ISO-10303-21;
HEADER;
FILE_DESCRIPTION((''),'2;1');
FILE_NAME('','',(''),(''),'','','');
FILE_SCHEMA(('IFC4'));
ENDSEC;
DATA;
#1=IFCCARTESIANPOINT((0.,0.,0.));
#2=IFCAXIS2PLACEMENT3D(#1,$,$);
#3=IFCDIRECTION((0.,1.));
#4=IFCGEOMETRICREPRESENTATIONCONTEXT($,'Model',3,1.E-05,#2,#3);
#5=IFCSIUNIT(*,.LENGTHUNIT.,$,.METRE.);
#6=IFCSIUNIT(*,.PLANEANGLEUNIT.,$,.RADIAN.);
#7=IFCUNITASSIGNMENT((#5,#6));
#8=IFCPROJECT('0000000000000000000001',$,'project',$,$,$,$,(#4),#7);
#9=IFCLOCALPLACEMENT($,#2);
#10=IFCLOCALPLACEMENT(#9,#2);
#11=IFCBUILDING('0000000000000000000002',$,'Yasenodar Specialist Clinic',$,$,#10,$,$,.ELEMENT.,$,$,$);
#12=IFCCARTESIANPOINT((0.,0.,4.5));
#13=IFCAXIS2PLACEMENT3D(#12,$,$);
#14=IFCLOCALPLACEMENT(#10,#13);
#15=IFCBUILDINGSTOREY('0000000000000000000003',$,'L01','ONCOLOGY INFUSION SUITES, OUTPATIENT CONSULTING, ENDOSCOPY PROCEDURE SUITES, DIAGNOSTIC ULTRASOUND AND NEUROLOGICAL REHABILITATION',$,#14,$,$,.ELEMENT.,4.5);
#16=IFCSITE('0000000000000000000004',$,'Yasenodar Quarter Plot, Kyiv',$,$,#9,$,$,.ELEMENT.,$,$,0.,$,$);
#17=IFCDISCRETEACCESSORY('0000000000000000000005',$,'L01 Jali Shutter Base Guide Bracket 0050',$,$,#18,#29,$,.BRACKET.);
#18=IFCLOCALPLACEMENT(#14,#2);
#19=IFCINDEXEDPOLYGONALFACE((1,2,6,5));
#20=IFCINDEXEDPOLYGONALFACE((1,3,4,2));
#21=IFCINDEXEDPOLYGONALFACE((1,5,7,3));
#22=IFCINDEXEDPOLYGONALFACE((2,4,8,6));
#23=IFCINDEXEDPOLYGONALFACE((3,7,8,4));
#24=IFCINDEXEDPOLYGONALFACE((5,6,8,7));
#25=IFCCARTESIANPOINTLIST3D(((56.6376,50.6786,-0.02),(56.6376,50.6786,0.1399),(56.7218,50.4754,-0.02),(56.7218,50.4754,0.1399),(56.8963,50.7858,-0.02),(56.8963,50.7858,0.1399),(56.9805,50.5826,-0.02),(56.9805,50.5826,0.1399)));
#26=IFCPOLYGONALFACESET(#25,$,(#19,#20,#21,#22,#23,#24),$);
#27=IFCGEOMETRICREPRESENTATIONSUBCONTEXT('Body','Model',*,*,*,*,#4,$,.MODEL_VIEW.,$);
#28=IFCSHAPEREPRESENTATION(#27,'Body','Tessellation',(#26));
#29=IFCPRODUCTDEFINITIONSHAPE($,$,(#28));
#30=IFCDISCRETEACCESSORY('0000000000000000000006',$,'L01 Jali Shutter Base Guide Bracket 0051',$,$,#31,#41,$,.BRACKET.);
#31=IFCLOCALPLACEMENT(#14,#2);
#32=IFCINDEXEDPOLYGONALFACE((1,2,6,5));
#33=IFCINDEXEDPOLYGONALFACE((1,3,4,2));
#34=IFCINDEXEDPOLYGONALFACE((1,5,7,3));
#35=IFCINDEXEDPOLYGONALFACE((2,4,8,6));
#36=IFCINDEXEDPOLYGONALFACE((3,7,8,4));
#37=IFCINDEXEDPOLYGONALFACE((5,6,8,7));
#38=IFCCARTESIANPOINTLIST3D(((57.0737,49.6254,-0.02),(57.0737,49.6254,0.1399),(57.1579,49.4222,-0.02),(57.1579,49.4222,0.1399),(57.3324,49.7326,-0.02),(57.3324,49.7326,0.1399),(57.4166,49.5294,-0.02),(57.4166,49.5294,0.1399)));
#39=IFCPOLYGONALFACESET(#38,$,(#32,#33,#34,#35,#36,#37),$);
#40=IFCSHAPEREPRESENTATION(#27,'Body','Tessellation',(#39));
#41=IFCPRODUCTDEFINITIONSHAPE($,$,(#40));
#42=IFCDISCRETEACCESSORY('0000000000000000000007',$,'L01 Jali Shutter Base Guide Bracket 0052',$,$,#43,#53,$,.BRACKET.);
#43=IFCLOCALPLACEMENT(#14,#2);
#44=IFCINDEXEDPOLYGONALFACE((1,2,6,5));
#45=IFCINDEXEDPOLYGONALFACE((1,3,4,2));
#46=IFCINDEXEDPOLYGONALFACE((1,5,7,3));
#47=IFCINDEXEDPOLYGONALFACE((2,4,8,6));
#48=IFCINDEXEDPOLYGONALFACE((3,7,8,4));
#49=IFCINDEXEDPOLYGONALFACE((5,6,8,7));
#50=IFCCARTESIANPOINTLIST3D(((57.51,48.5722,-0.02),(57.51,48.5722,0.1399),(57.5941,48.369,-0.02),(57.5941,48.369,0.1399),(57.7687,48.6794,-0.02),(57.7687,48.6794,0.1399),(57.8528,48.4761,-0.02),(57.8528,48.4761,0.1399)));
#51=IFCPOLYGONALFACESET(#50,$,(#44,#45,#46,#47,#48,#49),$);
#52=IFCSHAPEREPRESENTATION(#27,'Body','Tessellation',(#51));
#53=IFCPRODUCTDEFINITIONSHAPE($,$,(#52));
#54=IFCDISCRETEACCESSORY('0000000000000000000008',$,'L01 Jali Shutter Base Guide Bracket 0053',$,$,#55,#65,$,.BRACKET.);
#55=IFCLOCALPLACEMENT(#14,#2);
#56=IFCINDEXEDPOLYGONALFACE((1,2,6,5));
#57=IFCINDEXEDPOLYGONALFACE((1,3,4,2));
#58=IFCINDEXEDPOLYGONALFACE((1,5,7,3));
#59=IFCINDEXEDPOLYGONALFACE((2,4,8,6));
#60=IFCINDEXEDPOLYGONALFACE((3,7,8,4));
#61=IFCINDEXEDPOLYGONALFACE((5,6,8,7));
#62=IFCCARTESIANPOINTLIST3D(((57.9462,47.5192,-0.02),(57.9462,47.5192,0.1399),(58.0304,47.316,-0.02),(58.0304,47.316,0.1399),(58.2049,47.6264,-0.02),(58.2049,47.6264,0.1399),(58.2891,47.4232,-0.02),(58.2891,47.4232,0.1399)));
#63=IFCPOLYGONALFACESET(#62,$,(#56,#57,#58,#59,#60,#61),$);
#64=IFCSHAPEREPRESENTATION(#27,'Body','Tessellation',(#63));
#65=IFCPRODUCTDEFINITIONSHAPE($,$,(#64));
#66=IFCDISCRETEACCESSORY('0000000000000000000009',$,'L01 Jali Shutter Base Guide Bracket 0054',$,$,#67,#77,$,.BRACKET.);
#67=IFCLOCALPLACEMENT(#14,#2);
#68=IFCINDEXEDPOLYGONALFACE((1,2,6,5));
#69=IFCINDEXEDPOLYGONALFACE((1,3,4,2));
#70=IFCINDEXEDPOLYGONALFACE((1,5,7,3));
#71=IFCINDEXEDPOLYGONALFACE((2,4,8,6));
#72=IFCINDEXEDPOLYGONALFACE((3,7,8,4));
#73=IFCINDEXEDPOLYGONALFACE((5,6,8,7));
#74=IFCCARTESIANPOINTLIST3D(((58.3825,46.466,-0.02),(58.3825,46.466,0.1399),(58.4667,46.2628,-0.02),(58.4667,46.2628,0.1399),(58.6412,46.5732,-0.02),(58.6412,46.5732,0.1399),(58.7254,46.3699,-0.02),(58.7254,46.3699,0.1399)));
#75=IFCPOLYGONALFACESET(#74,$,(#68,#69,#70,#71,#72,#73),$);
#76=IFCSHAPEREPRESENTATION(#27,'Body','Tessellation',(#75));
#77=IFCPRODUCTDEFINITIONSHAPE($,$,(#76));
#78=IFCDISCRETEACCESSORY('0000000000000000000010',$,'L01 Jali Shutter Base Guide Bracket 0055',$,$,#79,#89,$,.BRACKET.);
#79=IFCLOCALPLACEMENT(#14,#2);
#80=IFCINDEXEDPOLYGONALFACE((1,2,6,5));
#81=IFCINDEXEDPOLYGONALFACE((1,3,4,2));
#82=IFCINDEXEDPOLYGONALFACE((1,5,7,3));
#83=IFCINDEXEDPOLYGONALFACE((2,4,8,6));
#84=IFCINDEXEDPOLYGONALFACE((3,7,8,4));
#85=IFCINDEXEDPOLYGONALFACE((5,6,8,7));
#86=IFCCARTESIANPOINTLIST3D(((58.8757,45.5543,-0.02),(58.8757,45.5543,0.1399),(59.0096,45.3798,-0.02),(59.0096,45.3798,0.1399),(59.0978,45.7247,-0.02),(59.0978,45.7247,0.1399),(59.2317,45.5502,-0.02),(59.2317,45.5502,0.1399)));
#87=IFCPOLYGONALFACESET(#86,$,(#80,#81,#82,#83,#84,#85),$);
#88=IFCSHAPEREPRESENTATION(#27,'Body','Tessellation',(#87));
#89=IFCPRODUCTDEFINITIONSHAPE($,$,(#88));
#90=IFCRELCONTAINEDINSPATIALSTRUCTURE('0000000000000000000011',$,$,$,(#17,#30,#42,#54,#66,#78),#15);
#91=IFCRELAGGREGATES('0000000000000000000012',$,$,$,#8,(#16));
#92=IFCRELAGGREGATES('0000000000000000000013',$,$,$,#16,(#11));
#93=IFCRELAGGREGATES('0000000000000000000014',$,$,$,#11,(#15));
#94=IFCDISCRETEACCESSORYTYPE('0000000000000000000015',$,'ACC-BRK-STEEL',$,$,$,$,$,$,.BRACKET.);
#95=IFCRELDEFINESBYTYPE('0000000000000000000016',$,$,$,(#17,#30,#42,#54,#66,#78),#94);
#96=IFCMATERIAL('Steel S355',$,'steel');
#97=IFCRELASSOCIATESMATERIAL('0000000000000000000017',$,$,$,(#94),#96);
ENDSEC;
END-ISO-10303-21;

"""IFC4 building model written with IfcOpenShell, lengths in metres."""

from ifc_helpers import new_model, si_unit, direction, frame, origin, origin_2d, place, context, subcontext, project, spatial, rectangle, extrude, material, type_object, element, save


model = new_model("IFC4")

# Units and contexts
model_context = context("Model", 3, precision=1e-05, world=origin(), true_north=direction((0.0, 1.0)))
body_context = subcontext(model_context, "Body", "Model", "MODEL_VIEW")
ifc_project = project(units=[si_unit("LENGTHUNIT", "METRE"), si_unit("PLANEANGLEUNIT", "RADIAN")], contexts=[model_context])

# Site, building, storey
site_placement = place(None, origin())
site = spatial("IfcSite", under=ifc_project, at=site_placement, Name="Yasenodar Quarter Plot, Kyiv", CompositionType="ELEMENT", RefElevation=0.0)
building_placement = place(site_placement, origin())
building = spatial("IfcBuilding", under=site, at=building_placement, Name="Yasenodar Specialist Clinic", CompositionType="ELEMENT")
storey_placement = place(building_placement, frame((0.0, 0.0, 4.5)))
storey = spatial("IfcBuildingStorey", under=building, at=storey_placement, Name="L01", Description="ONCOLOGY INFUSION SUITES, OUTPATIENT CONSULTING, ENDOSCOPY PROCEDURE SUITES, DIAGNOSTIC ULTRASOUND AND NEUROLOGICAL REHABILITATION", CompositionType="ELEMENT", Elevation=4.5)

# Shared definitions
ifc_material_1 = material(Name="Steel S355", Category="steel")

# Discrete accessories
discrete_accessory_type = type_object("IfcDiscreteAccessoryType", Name="ACC-BRK-STEEL", PredefinedType="BRACKET", material=ifc_material_1)
for number, where, z_axis, x_axis, name in (
    (1, (56.8091, 50.6306, -0.02), (0.0, 0.0, 1.0), (0.382687, -0.923878, 0.0), "L01 Jali Shutter Base Guide Bracket 0050"),
    (2, (57.2451, 49.5774, -0.02), (0.0, 0.0, 1.0), (0.382687, -0.923878, 0.0), "L01 Jali Shutter Base Guide Bracket 0051"),
    (3, (57.6814, 48.5242, -0.02), (0.0, 0.0, 1.0), (0.382687, -0.923878, 0.0), "L01 Jali Shutter Base Guide Bracket 0052"),
    (4, (58.1177, 47.4712, -0.02), (0.0, 0.0, 1.0), (0.382687, -0.923878, 0.0), "L01 Jali Shutter Base Guide Bracket 0053"),
    (5, (58.554, 46.418, -0.02), (0.0, 0.0, 1.0), (0.382687, -0.923878, 0.0), "L01 Jali Shutter Base Guide Bracket 0054"),
    (6, (59.0537, 45.5522, -0.02), (0.0, 0.0, 1.0), (0.608764, -0.793351, 0.0), "L01 Jali Shutter Base Guide Bracket 0055"),
):
    element("IfcDiscreteAccessory", number, at=place(storey_placement, frame(where, z_axis=z_axis, x_axis=x_axis)), inside=storey, type_object=discrete_accessory_type, Name=name, PredefinedType="BRACKET", context=body_context, shape_type="SweptSolid", body=[
        extrude(rectangle(XDim=0.22, YDim=0.28, at=origin_2d()), origin(), (0.0, 0.0, 1.0), 0.1599),
    ])

save(model, "model.ifc")
